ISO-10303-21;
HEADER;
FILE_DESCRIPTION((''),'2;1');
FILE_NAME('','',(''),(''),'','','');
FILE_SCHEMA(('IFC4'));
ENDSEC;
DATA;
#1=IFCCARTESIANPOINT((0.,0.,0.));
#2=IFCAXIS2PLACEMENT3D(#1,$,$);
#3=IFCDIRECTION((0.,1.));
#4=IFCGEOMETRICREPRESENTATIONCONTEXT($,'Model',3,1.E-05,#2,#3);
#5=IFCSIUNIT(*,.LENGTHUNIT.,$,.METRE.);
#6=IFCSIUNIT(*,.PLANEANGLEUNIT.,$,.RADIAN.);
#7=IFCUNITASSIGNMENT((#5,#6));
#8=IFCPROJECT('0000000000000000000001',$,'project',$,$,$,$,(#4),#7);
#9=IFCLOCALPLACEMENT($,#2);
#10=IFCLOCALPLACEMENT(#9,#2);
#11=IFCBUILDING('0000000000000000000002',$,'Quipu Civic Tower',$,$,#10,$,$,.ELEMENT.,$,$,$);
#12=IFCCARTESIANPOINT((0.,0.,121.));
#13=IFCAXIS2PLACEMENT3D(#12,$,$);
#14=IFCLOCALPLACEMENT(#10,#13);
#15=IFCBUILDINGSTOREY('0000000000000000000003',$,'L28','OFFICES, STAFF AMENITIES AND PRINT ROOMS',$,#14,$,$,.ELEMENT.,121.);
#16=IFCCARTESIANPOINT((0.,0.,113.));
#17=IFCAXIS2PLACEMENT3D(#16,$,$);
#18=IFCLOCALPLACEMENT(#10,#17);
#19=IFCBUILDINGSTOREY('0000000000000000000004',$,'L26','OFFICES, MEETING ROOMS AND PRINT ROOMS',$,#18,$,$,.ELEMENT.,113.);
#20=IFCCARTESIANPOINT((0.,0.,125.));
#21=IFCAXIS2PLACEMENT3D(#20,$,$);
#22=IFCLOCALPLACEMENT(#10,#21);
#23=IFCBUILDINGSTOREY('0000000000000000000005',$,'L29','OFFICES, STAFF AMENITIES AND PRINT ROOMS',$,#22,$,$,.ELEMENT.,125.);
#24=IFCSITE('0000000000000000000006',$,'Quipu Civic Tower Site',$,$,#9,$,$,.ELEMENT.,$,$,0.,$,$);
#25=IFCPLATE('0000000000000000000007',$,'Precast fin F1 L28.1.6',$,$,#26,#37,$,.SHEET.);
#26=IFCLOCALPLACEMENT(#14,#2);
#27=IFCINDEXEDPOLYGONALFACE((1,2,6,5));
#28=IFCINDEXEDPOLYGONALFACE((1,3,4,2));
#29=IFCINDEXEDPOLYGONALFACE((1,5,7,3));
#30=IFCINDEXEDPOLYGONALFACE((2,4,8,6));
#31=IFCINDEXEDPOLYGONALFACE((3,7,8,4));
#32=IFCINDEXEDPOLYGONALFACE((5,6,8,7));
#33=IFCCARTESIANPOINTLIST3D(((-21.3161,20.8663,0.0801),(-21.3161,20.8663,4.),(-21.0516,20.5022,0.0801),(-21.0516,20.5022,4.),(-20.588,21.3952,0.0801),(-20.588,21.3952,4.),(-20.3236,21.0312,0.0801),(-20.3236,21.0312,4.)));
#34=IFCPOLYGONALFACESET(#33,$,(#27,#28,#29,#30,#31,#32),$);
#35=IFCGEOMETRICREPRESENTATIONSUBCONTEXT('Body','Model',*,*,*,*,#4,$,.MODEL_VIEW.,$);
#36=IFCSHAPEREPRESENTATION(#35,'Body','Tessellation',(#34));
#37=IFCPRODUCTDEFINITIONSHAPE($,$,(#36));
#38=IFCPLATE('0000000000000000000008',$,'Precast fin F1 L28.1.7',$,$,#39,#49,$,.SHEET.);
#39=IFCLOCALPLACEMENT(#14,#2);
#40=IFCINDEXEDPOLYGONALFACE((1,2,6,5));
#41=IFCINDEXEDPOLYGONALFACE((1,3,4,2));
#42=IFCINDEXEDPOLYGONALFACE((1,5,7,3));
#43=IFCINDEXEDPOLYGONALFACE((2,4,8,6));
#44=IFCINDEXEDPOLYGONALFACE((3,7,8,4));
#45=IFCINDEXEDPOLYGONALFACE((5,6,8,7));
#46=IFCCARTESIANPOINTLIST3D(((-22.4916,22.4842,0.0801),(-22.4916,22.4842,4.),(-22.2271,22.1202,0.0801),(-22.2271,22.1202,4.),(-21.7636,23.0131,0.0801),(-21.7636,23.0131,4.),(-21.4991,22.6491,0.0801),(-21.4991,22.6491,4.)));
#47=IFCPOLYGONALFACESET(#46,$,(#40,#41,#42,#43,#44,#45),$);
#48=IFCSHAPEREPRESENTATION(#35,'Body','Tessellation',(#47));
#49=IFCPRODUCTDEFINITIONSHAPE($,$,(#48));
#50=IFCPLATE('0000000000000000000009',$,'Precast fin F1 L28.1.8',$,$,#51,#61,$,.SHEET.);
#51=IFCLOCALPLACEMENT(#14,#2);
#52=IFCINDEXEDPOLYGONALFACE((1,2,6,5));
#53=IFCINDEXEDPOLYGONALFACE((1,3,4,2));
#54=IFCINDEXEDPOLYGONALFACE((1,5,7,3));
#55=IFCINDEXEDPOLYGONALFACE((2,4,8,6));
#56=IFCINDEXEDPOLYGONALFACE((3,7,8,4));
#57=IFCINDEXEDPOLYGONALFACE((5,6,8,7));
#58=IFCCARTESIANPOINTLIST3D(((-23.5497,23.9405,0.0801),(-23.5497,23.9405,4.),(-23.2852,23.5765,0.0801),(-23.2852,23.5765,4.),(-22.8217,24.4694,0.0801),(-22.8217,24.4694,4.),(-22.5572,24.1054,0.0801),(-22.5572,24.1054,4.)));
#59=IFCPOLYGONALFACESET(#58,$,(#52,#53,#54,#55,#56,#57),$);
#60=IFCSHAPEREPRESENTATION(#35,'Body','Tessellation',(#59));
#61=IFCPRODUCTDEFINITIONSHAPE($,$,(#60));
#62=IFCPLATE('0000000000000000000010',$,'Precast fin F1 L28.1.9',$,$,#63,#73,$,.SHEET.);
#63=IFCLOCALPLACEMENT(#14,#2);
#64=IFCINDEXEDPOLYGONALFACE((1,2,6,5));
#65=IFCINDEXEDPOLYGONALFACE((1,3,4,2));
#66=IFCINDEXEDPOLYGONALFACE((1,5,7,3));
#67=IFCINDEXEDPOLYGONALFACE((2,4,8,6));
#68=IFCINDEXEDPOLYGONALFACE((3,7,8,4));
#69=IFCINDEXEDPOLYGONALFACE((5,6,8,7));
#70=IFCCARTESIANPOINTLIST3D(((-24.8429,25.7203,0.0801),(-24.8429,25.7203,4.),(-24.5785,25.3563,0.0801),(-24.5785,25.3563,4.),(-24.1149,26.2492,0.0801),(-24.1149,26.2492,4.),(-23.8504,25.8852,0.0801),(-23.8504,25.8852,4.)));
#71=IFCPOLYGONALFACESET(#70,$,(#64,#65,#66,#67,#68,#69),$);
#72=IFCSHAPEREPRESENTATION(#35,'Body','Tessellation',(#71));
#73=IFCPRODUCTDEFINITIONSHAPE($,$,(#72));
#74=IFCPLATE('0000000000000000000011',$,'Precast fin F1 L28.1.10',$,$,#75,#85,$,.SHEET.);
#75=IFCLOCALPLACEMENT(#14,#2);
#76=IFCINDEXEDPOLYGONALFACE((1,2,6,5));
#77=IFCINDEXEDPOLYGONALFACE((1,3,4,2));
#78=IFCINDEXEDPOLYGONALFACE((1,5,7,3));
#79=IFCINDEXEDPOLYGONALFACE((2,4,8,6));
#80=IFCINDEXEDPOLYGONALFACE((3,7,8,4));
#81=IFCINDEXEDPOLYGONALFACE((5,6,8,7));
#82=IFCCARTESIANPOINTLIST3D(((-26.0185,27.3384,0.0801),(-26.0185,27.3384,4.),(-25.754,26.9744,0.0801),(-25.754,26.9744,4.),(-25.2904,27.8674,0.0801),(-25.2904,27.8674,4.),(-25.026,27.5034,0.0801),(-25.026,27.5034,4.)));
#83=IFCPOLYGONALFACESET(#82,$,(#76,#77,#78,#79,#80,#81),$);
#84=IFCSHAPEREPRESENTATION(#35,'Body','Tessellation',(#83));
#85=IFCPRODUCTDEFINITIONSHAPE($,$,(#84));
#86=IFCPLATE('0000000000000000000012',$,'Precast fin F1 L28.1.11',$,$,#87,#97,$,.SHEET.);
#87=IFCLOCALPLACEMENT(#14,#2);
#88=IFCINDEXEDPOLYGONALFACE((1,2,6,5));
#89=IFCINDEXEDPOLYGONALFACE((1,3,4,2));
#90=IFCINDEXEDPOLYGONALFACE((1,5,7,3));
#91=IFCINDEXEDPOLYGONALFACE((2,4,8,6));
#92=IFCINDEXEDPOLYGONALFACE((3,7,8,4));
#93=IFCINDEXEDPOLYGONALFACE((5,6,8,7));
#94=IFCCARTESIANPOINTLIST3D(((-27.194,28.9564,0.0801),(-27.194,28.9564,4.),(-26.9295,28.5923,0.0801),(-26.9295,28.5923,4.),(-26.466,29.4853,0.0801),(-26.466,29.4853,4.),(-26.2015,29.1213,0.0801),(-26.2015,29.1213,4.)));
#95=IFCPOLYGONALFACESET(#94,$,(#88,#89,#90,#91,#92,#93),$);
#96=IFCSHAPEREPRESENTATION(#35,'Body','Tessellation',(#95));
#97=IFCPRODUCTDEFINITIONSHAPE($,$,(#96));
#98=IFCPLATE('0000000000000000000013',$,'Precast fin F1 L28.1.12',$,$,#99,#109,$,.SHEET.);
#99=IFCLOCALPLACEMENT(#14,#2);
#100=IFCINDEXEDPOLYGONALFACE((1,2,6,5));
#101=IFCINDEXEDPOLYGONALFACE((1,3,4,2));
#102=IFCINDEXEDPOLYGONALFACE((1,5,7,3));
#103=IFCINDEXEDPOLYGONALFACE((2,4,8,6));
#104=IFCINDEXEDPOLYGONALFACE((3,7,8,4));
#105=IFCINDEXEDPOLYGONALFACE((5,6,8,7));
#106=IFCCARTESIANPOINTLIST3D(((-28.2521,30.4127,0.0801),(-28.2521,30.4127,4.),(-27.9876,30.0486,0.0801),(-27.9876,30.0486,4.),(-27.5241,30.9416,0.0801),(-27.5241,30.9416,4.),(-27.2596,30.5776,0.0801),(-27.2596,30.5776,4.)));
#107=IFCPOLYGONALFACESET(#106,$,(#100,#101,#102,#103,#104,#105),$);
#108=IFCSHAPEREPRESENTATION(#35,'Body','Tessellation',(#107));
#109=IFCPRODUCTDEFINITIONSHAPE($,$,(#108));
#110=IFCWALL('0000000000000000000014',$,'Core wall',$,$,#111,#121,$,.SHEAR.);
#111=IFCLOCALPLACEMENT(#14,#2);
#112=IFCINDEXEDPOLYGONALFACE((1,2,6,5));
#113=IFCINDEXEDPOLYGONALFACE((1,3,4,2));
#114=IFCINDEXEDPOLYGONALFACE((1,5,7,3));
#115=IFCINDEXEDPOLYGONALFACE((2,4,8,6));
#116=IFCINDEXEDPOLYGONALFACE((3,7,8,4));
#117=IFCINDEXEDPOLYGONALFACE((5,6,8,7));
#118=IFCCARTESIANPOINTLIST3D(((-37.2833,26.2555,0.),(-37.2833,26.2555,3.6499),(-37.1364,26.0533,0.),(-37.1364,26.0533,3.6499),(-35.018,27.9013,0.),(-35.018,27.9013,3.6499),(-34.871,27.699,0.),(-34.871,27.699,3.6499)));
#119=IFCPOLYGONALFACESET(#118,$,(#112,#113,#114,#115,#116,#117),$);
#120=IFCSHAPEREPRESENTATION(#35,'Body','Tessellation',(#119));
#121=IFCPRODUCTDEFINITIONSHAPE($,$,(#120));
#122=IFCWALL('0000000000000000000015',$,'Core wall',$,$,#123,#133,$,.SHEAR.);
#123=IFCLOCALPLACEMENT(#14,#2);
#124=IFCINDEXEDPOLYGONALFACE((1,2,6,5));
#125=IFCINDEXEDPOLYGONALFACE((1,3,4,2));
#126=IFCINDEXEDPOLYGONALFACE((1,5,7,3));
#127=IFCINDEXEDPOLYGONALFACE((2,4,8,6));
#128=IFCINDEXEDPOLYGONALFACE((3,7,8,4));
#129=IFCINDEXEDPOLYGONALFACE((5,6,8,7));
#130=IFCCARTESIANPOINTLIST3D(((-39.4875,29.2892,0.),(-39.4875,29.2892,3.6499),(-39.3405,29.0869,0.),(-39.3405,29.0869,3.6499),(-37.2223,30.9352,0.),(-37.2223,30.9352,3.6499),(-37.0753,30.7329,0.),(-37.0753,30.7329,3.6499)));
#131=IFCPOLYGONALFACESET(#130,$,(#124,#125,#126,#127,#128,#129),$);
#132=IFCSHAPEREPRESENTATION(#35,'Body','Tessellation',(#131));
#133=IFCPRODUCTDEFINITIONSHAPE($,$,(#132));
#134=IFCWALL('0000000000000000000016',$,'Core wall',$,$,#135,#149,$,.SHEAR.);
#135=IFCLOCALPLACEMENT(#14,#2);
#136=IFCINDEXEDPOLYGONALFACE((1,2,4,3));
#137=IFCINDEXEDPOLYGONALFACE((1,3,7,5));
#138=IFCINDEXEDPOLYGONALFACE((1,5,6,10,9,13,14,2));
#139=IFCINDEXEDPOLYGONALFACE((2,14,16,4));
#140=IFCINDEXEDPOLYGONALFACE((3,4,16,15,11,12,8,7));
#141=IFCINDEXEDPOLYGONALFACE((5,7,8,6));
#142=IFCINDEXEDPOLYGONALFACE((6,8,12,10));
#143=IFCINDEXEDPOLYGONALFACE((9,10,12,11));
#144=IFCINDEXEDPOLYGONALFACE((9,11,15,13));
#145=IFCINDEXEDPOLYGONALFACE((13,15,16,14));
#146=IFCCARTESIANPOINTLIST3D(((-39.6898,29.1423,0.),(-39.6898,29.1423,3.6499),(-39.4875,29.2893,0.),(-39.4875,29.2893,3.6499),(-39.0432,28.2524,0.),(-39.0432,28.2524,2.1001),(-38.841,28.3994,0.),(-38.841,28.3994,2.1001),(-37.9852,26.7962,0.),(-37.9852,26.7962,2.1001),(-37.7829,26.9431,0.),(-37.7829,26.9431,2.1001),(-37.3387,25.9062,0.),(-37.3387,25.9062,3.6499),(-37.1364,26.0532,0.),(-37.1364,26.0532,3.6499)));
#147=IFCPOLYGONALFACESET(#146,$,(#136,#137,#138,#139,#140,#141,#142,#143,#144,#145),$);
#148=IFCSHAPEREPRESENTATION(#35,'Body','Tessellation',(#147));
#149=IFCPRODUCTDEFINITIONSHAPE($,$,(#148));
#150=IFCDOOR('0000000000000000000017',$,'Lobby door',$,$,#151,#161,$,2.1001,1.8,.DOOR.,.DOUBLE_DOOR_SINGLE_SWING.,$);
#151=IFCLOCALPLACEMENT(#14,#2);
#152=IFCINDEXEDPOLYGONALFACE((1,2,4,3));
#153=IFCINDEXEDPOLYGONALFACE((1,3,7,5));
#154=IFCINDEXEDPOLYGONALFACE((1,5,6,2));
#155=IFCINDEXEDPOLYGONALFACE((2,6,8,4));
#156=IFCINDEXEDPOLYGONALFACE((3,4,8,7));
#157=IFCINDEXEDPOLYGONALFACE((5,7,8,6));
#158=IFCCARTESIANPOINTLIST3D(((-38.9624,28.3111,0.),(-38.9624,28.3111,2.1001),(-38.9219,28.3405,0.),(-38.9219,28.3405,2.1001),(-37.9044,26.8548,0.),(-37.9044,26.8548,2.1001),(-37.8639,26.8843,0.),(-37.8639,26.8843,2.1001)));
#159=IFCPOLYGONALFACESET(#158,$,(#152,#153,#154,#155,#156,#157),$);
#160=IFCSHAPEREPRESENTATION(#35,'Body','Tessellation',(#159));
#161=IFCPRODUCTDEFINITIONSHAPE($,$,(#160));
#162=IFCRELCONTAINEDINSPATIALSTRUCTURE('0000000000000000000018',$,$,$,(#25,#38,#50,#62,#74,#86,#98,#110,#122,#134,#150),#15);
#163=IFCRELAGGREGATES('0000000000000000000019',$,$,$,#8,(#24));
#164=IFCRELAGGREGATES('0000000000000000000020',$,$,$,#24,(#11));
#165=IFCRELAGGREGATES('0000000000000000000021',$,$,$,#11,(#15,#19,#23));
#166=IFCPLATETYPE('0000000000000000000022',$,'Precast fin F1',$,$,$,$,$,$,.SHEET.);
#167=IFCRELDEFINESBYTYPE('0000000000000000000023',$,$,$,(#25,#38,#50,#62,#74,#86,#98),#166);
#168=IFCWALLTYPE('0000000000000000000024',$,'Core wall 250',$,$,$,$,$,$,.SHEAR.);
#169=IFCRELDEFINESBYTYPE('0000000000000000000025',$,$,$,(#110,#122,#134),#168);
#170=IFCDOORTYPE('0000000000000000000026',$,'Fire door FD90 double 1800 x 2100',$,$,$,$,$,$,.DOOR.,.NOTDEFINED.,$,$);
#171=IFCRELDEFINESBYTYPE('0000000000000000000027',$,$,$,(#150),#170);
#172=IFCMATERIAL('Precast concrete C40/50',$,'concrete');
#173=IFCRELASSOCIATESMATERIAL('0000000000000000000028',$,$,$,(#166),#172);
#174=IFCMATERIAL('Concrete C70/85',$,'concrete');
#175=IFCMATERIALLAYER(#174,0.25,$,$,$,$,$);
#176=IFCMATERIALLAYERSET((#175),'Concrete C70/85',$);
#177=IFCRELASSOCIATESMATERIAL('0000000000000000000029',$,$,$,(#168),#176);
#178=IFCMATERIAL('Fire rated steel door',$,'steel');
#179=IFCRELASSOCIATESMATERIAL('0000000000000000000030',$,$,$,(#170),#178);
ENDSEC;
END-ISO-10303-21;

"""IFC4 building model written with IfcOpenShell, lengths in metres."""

from ifc_helpers import new_model, si_unit, direction, frame, frame_2d, origin, origin_2d, place, context, subcontext, project, spatial, rectangle, extrude, material, layer, layer_set, type_object, element, fill, save


model = new_model("IFC4")

# Units and contexts
model_context = context("Model", 3, precision=1e-05, world=origin(), true_north=direction((0.0, 1.0)))
body_context = subcontext(model_context, "Body", "Model", "MODEL_VIEW")
ifc_project = project(units=[si_unit("LENGTHUNIT", "METRE"), si_unit("PLANEANGLEUNIT", "RADIAN")], contexts=[model_context])

# Site, building, storey
site_placement = place(None, origin())
site = spatial("IfcSite", under=ifc_project, at=site_placement, Name="Quipu Civic Tower Site", CompositionType="ELEMENT", RefElevation=0.0)
building_placement = place(site_placement, origin())
building = spatial("IfcBuilding", under=site, at=building_placement, Name="Quipu Civic Tower", CompositionType="ELEMENT")
storey_1_placement = place(building_placement, frame((0.0, 0.0, 121.0)))
storey_1 = spatial("IfcBuildingStorey", under=building, at=storey_1_placement, Name="L28", Description="OFFICES, STAFF AMENITIES AND PRINT ROOMS", CompositionType="ELEMENT", Elevation=121.0)

# Shared definitions
storey_2_placement = place(building_placement, frame((0.0, 0.0, 113.0)))
storey_2 = spatial("IfcBuildingStorey", under=building, at=storey_2_placement, Name="L26", Description="OFFICES, MEETING ROOMS AND PRINT ROOMS", CompositionType="ELEMENT", Elevation=113.0)

# Shared definitions
storey_3_placement = place(building_placement, frame((0.0, 0.0, 125.0)))
storey_3 = spatial("IfcBuildingStorey", under=building, at=storey_3_placement, Name="L29", Description="OFFICES, STAFF AMENITIES AND PRINT ROOMS", CompositionType="ELEMENT", Elevation=125.0)

# Plates
ifc_material_1 = material(Name="Precast concrete C40/50", Category="concrete")
plate_type_1 = type_object("IfcPlateType", Name="Precast fin F1", PredefinedType="SHEET", material=ifc_material_1)
for number, where, z_axis, x_axis, name in (
    (1, (-20.8198, 20.9487, 0.0801), (0.0, 0.0, 1.0), (-0.587785, 0.809017, 0.0), "Precast fin F1 L28.1.6"),
    (2, (-21.9954, 22.5667, 0.0801), (0.0, 0.0, 1.0), (-0.587785, 0.809017, 0.0), "Precast fin F1 L28.1.7"),
    (3, (-23.0535, 24.0229, 0.0801), (0.0, 0.0, 1.0), (-0.587785, 0.809017, 0.0), "Precast fin F1 L28.1.8"),
    (4, (-24.3467, 25.8027, 0.0801), (0.0, 0.0, 1.0), (-0.587785, 0.809017, 0.0), "Precast fin F1 L28.1.9"),
    (5, (-25.5222, 27.4209, 0.0801), (0.0, 0.0, 1.0), (-0.587785, 0.809017, 0.0), "Precast fin F1 L28.1.10"),
    (6, (-26.6978, 29.0388, 0.0801), (0.0, 0.0, 1.0), (-0.587785, 0.809017, 0.0), "Precast fin F1 L28.1.11"),
    (7, (-27.7559, 30.4951, 0.0801), (0.0, 0.0, 1.0), (-0.587785, 0.809017, 0.0), "Precast fin F1 L28.1.12"),
):
    element("IfcPlate", number, at=place(storey_1_placement, frame(where, z_axis=z_axis, x_axis=x_axis)), inside=storey_1, type_object=plate_type_1, Name=name, PredefinedType="SHEET", context=body_context, shape_type="SweptSolid", body=[
        extrude(rectangle(XDim=0.45, YDim=0.8999, at=origin_2d()), origin(), (0.0, 0.0, 1.0), 3.9199),
    ])

# Walls
ifc_material_2 = material(Name="Concrete C70/85", Category="concrete")
ifc_layer_1 = layer(ifc_material_2, 0.25)
ifc_layer_set_1 = layer_set([ifc_layer_1], Name="Concrete C70/85")
wall_type_1 = type_object("IfcWallType", Name="Core wall 250", PredefinedType="SHEAR", material=ifc_layer_set_1)
for number, where, z_axis, x_axis, name in (
    (8, (-34.9446, 27.8, 0.0), (0.0, 0.0, 1.0), (-0.809041, -0.587752, 0.0), "Core wall"),
    (9, (-37.1489, 30.834, 0.0), (0.0, 0.0, 1.0), (-0.80897, -0.58785, 0.0), "Core wall"),
):
    element("IfcWall", number, at=place(storey_1_placement, frame(where, z_axis=z_axis, x_axis=x_axis)), inside=storey_1, type_object=wall_type_1, Name=name, PredefinedType="SHEAR", context=body_context, shape_type="SweptSolid", body=[
        extrude(rectangle(XDim=2.8, YDim=0.25, at=frame_2d((1.3999, 0.0))), origin(), (0.0, 0.0, 1.0), 3.6499),
    ])

# Wall, opening, door
wall_1_placement = place(storey_1_placement, frame((-39.5886, 29.2158, 0.0), z_axis=(0.0, 0.0, 1.0), x_axis=(0.587772, -0.809026, 0.0)))
wall_1 = element("IfcWall", 10, at=wall_1_placement, inside=storey_1, type_object=wall_type_1, Name="Core wall", PredefinedType="SHEAR", context=body_context, shape_type="SweptSolid", body=[
    extrude(rectangle(XDim=4.0, YDim=0.25, at=frame_2d((2.0, 0.0))), origin(), (0.0, 0.0, 1.0), 3.6499),
])
opening_1_placement = place(wall_1_placement, frame((1.1001, 0.0, 0.0)))
opening_1 = element("IfcOpeningElement", 11, at=opening_1_placement, cuts=wall_1, PredefinedType="OPENING", context=body_context, shape_type="SweptSolid", body=[
    extrude(rectangle(XDim=1.8, YDim=2.1001, at=frame_2d((0.8999, 1.05))), frame((0.0, 0.135, 0.0), z_axis=(0.0, -1.0, 0.0), x_axis=(1.0, 0.0, 0.0)), (0.0, 0.0, 1.0), 0.27),
])
ifc_material_3 = material(Name="Fire rated steel door", Category="steel")
door_type_1 = type_object("IfcDoorType", Name="Fire door FD90 double 1800 x 2100", OperationType="NOTDEFINED", PredefinedType="DOOR", material=ifc_material_3)
door_1_placement = place(opening_1_placement, origin())
door_1 = element("IfcDoor", 12, at=door_1_placement, inside=storey_1, type_object=door_type_1, Name="Lobby door", OperationType="DOUBLE_DOOR_SINGLE_SWING", OverallHeight=2.1001, OverallWidth=1.8, PredefinedType="DOOR", context=body_context, shape_type="SweptSolid", body=[
    extrude(rectangle(XDim=1.8, YDim=2.1001, at=frame_2d((0.8999, 1.05))), frame((0.0, 0.0249, 0.0), z_axis=(0.0, -1.0, 0.0), x_axis=(1.0, 0.0, 0.0)), (0.0, 0.0, 1.0), 0.05),
])
fill(opening_1, door_1)

save(model, "model.ifc")
